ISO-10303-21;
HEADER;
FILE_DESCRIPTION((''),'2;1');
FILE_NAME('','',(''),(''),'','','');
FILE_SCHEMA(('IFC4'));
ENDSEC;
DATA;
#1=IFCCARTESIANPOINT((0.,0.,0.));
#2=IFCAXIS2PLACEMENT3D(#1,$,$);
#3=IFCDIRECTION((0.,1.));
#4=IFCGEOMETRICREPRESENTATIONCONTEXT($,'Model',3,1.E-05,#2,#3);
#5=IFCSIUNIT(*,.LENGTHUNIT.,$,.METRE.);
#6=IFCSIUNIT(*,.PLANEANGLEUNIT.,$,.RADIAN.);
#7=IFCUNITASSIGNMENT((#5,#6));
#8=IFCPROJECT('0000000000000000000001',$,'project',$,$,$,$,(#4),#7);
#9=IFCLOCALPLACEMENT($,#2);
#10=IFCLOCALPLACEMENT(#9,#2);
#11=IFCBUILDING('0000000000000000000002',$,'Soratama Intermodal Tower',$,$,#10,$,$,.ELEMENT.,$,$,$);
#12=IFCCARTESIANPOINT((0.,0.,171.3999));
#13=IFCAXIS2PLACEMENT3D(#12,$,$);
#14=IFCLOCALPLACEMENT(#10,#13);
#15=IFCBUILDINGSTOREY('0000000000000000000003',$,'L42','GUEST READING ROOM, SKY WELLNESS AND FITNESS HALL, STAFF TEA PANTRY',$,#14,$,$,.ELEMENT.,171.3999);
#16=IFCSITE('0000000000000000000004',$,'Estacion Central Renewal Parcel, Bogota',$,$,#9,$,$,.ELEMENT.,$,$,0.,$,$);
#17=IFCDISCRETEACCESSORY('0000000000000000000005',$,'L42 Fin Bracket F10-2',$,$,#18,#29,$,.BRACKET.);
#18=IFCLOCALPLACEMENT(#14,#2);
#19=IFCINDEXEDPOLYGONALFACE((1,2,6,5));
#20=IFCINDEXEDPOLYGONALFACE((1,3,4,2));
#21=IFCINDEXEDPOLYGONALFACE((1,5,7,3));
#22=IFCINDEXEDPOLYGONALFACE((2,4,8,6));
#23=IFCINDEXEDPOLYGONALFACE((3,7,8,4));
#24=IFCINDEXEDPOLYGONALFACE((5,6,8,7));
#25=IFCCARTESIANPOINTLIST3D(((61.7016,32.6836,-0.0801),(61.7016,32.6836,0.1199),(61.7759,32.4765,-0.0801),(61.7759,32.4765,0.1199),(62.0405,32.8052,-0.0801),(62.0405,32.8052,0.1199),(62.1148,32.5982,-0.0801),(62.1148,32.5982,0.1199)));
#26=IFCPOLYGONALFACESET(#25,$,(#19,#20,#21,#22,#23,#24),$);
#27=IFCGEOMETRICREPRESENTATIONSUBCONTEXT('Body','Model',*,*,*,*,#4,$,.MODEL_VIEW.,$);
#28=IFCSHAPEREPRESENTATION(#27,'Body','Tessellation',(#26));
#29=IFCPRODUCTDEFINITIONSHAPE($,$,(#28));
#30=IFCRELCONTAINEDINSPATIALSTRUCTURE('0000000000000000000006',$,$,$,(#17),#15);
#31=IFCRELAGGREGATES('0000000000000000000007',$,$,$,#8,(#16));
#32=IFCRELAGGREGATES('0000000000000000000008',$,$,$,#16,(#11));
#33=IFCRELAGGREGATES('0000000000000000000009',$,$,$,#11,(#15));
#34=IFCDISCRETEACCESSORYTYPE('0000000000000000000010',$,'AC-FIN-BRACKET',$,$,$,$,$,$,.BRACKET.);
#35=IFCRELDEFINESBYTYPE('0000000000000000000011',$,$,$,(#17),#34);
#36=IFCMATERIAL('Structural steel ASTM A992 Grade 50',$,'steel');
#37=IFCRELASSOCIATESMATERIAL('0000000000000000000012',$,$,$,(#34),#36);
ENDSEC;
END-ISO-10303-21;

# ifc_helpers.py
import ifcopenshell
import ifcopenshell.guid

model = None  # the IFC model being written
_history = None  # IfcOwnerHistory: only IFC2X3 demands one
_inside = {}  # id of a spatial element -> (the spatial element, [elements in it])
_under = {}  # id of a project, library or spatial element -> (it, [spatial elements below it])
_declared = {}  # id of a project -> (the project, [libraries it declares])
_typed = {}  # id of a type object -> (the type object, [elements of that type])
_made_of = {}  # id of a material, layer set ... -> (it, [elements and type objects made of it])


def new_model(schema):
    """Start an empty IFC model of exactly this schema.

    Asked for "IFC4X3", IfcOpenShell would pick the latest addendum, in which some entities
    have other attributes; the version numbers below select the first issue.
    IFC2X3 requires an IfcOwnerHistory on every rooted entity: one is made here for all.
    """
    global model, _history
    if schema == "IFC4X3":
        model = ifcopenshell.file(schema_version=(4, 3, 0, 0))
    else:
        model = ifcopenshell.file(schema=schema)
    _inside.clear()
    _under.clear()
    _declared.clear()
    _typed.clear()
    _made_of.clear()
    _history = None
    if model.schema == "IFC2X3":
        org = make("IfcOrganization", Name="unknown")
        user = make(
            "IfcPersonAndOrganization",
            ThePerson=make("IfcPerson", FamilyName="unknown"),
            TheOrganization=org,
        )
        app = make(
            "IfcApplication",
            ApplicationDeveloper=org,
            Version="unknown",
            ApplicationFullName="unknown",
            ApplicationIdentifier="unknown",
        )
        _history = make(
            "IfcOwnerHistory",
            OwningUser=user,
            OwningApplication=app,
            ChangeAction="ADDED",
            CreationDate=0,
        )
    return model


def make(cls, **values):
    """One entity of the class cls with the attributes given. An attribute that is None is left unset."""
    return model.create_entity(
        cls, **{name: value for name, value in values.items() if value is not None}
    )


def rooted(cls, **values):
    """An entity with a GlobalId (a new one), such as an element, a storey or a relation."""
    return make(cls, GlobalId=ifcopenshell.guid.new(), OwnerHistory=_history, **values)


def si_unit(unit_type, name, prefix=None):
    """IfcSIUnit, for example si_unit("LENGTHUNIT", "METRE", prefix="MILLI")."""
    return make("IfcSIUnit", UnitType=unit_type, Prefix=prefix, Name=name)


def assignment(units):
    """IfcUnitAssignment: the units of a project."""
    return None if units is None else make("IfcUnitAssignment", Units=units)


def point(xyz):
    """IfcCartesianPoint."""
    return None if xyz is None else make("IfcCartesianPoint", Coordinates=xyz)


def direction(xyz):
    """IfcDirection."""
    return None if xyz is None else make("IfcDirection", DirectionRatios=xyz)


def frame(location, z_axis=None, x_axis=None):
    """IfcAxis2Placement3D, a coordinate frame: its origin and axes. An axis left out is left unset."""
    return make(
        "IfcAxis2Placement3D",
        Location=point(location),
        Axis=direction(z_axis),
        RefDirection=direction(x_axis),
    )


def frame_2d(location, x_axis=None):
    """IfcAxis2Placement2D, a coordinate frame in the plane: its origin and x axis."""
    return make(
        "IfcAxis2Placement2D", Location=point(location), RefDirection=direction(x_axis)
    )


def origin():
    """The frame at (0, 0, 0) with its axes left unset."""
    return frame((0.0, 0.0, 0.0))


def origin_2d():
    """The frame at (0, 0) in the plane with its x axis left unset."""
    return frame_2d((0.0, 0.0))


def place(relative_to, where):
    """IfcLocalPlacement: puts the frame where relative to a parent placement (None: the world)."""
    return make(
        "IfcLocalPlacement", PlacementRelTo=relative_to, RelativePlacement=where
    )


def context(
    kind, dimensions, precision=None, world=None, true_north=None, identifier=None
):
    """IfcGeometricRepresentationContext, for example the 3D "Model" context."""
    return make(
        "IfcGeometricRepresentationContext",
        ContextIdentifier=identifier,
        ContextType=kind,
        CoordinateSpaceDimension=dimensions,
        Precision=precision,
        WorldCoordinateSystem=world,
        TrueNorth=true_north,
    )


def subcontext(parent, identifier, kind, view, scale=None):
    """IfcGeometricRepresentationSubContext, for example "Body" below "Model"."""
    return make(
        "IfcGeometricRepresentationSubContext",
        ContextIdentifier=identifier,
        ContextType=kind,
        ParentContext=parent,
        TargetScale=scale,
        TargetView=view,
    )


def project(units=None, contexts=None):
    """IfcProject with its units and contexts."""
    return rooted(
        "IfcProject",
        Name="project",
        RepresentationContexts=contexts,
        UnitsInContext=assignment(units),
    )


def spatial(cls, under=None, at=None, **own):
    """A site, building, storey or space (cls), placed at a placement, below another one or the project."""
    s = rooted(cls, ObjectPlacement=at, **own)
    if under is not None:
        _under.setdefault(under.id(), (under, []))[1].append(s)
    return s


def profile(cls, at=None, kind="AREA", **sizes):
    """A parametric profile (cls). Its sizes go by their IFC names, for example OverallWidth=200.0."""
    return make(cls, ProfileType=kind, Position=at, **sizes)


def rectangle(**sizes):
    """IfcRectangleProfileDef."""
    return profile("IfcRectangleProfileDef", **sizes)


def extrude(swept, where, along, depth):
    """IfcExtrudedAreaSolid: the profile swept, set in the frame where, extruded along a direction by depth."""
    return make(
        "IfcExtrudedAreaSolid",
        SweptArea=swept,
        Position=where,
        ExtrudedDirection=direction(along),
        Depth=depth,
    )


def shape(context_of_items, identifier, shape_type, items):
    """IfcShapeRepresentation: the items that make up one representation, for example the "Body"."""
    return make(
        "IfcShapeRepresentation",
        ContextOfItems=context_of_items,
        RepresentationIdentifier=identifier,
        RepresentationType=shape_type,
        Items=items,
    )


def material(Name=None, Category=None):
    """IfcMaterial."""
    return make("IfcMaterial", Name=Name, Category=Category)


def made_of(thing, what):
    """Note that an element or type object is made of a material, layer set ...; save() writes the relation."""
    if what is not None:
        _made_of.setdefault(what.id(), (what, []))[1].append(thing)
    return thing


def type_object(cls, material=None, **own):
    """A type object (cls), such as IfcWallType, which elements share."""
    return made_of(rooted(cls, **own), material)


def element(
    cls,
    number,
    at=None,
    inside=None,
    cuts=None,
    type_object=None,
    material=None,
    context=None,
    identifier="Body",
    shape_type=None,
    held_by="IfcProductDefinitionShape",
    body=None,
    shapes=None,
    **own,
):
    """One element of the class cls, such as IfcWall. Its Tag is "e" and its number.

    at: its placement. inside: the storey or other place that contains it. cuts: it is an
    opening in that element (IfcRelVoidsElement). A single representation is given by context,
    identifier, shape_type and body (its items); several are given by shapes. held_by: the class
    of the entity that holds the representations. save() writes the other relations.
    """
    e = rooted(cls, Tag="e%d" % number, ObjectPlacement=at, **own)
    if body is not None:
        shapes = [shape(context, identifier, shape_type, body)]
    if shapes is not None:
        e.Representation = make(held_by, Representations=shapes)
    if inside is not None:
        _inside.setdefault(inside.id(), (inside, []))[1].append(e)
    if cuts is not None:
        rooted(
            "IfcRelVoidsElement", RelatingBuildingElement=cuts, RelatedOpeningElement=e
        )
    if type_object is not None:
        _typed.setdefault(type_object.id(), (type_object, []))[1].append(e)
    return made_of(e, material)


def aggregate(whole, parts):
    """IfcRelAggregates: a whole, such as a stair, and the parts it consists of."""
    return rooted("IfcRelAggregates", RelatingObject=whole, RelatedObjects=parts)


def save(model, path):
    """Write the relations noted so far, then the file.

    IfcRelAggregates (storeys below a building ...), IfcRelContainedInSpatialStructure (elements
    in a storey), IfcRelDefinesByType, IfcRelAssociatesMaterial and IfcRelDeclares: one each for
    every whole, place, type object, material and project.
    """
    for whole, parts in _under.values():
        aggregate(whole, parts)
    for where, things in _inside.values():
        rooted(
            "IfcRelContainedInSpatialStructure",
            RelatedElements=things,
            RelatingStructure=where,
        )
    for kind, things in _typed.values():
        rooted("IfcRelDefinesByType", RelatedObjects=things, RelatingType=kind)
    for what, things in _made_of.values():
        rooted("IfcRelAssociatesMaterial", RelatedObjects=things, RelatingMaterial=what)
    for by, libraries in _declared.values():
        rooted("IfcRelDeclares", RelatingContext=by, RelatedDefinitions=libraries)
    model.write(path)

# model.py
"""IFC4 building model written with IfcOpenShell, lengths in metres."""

from ifc_helpers import new_model, si_unit, direction, frame, origin, origin_2d, place, context, subcontext, project, spatial, rectangle, extrude, material, type_object, element, save


model = new_model("IFC4")

# Units and contexts
model_context = context("Model", 3, precision=1e-05, world=origin(), true_north=direction((0.0, 1.0)))
body_context = subcontext(model_context, "Body", "Model", "MODEL_VIEW")
ifc_project = project(units=[si_unit("LENGTHUNIT", "METRE"), si_unit("PLANEANGLEUNIT", "RADIAN")], contexts=[model_context])

# Site, building, storey
site_placement = place(None, origin())
site = spatial("IfcSite", under=ifc_project, at=site_placement, Name="Estacion Central Renewal Parcel, Bogota", CompositionType="ELEMENT", RefElevation=0.0)
building_placement = place(site_placement, origin())
building = spatial("IfcBuilding", under=site, at=building_placement, Name="Soratama Intermodal Tower", CompositionType="ELEMENT")
storey_placement = place(building_placement, frame((0.0, 0.0, 171.3999)))
storey = spatial("IfcBuildingStorey", under=building, at=storey_placement, Name="L42", Description="GUEST READING ROOM, SKY WELLNESS AND FITNESS HALL, STAFF TEA PANTRY", CompositionType="ELEMENT", Elevation=171.3999)

# Discrete accessory
ifc_material_1 = material(Name="Structural steel ASTM A992 Grade 50", Category="steel")
discrete_accessory_type = type_object("IfcDiscreteAccessoryType", Name="AC-FIN-BRACKET", PredefinedType="BRACKET", material=ifc_material_1)
for number, where, z_axis, x_axis, name in (
    (1, (61.9082, 32.6409, -0.0801), (0.0, 0.0, 1.0), (0.941235, 0.337752, 0.0), "L42 Fin Bracket F10-2"),
):
    element("IfcDiscreteAccessory", number, at=place(storey_placement, frame(where, z_axis=z_axis, x_axis=x_axis)), inside=storey, type_object=discrete_accessory_type, Name=name, PredefinedType="BRACKET", context=body_context, shape_type="SweptSolid", body=[
        extrude(rectangle(XDim=0.3601, YDim=0.22, at=origin_2d()), origin(), (0.0, 0.0, 1.0), 0.2),
    ])

save(model, "model.ifc")
